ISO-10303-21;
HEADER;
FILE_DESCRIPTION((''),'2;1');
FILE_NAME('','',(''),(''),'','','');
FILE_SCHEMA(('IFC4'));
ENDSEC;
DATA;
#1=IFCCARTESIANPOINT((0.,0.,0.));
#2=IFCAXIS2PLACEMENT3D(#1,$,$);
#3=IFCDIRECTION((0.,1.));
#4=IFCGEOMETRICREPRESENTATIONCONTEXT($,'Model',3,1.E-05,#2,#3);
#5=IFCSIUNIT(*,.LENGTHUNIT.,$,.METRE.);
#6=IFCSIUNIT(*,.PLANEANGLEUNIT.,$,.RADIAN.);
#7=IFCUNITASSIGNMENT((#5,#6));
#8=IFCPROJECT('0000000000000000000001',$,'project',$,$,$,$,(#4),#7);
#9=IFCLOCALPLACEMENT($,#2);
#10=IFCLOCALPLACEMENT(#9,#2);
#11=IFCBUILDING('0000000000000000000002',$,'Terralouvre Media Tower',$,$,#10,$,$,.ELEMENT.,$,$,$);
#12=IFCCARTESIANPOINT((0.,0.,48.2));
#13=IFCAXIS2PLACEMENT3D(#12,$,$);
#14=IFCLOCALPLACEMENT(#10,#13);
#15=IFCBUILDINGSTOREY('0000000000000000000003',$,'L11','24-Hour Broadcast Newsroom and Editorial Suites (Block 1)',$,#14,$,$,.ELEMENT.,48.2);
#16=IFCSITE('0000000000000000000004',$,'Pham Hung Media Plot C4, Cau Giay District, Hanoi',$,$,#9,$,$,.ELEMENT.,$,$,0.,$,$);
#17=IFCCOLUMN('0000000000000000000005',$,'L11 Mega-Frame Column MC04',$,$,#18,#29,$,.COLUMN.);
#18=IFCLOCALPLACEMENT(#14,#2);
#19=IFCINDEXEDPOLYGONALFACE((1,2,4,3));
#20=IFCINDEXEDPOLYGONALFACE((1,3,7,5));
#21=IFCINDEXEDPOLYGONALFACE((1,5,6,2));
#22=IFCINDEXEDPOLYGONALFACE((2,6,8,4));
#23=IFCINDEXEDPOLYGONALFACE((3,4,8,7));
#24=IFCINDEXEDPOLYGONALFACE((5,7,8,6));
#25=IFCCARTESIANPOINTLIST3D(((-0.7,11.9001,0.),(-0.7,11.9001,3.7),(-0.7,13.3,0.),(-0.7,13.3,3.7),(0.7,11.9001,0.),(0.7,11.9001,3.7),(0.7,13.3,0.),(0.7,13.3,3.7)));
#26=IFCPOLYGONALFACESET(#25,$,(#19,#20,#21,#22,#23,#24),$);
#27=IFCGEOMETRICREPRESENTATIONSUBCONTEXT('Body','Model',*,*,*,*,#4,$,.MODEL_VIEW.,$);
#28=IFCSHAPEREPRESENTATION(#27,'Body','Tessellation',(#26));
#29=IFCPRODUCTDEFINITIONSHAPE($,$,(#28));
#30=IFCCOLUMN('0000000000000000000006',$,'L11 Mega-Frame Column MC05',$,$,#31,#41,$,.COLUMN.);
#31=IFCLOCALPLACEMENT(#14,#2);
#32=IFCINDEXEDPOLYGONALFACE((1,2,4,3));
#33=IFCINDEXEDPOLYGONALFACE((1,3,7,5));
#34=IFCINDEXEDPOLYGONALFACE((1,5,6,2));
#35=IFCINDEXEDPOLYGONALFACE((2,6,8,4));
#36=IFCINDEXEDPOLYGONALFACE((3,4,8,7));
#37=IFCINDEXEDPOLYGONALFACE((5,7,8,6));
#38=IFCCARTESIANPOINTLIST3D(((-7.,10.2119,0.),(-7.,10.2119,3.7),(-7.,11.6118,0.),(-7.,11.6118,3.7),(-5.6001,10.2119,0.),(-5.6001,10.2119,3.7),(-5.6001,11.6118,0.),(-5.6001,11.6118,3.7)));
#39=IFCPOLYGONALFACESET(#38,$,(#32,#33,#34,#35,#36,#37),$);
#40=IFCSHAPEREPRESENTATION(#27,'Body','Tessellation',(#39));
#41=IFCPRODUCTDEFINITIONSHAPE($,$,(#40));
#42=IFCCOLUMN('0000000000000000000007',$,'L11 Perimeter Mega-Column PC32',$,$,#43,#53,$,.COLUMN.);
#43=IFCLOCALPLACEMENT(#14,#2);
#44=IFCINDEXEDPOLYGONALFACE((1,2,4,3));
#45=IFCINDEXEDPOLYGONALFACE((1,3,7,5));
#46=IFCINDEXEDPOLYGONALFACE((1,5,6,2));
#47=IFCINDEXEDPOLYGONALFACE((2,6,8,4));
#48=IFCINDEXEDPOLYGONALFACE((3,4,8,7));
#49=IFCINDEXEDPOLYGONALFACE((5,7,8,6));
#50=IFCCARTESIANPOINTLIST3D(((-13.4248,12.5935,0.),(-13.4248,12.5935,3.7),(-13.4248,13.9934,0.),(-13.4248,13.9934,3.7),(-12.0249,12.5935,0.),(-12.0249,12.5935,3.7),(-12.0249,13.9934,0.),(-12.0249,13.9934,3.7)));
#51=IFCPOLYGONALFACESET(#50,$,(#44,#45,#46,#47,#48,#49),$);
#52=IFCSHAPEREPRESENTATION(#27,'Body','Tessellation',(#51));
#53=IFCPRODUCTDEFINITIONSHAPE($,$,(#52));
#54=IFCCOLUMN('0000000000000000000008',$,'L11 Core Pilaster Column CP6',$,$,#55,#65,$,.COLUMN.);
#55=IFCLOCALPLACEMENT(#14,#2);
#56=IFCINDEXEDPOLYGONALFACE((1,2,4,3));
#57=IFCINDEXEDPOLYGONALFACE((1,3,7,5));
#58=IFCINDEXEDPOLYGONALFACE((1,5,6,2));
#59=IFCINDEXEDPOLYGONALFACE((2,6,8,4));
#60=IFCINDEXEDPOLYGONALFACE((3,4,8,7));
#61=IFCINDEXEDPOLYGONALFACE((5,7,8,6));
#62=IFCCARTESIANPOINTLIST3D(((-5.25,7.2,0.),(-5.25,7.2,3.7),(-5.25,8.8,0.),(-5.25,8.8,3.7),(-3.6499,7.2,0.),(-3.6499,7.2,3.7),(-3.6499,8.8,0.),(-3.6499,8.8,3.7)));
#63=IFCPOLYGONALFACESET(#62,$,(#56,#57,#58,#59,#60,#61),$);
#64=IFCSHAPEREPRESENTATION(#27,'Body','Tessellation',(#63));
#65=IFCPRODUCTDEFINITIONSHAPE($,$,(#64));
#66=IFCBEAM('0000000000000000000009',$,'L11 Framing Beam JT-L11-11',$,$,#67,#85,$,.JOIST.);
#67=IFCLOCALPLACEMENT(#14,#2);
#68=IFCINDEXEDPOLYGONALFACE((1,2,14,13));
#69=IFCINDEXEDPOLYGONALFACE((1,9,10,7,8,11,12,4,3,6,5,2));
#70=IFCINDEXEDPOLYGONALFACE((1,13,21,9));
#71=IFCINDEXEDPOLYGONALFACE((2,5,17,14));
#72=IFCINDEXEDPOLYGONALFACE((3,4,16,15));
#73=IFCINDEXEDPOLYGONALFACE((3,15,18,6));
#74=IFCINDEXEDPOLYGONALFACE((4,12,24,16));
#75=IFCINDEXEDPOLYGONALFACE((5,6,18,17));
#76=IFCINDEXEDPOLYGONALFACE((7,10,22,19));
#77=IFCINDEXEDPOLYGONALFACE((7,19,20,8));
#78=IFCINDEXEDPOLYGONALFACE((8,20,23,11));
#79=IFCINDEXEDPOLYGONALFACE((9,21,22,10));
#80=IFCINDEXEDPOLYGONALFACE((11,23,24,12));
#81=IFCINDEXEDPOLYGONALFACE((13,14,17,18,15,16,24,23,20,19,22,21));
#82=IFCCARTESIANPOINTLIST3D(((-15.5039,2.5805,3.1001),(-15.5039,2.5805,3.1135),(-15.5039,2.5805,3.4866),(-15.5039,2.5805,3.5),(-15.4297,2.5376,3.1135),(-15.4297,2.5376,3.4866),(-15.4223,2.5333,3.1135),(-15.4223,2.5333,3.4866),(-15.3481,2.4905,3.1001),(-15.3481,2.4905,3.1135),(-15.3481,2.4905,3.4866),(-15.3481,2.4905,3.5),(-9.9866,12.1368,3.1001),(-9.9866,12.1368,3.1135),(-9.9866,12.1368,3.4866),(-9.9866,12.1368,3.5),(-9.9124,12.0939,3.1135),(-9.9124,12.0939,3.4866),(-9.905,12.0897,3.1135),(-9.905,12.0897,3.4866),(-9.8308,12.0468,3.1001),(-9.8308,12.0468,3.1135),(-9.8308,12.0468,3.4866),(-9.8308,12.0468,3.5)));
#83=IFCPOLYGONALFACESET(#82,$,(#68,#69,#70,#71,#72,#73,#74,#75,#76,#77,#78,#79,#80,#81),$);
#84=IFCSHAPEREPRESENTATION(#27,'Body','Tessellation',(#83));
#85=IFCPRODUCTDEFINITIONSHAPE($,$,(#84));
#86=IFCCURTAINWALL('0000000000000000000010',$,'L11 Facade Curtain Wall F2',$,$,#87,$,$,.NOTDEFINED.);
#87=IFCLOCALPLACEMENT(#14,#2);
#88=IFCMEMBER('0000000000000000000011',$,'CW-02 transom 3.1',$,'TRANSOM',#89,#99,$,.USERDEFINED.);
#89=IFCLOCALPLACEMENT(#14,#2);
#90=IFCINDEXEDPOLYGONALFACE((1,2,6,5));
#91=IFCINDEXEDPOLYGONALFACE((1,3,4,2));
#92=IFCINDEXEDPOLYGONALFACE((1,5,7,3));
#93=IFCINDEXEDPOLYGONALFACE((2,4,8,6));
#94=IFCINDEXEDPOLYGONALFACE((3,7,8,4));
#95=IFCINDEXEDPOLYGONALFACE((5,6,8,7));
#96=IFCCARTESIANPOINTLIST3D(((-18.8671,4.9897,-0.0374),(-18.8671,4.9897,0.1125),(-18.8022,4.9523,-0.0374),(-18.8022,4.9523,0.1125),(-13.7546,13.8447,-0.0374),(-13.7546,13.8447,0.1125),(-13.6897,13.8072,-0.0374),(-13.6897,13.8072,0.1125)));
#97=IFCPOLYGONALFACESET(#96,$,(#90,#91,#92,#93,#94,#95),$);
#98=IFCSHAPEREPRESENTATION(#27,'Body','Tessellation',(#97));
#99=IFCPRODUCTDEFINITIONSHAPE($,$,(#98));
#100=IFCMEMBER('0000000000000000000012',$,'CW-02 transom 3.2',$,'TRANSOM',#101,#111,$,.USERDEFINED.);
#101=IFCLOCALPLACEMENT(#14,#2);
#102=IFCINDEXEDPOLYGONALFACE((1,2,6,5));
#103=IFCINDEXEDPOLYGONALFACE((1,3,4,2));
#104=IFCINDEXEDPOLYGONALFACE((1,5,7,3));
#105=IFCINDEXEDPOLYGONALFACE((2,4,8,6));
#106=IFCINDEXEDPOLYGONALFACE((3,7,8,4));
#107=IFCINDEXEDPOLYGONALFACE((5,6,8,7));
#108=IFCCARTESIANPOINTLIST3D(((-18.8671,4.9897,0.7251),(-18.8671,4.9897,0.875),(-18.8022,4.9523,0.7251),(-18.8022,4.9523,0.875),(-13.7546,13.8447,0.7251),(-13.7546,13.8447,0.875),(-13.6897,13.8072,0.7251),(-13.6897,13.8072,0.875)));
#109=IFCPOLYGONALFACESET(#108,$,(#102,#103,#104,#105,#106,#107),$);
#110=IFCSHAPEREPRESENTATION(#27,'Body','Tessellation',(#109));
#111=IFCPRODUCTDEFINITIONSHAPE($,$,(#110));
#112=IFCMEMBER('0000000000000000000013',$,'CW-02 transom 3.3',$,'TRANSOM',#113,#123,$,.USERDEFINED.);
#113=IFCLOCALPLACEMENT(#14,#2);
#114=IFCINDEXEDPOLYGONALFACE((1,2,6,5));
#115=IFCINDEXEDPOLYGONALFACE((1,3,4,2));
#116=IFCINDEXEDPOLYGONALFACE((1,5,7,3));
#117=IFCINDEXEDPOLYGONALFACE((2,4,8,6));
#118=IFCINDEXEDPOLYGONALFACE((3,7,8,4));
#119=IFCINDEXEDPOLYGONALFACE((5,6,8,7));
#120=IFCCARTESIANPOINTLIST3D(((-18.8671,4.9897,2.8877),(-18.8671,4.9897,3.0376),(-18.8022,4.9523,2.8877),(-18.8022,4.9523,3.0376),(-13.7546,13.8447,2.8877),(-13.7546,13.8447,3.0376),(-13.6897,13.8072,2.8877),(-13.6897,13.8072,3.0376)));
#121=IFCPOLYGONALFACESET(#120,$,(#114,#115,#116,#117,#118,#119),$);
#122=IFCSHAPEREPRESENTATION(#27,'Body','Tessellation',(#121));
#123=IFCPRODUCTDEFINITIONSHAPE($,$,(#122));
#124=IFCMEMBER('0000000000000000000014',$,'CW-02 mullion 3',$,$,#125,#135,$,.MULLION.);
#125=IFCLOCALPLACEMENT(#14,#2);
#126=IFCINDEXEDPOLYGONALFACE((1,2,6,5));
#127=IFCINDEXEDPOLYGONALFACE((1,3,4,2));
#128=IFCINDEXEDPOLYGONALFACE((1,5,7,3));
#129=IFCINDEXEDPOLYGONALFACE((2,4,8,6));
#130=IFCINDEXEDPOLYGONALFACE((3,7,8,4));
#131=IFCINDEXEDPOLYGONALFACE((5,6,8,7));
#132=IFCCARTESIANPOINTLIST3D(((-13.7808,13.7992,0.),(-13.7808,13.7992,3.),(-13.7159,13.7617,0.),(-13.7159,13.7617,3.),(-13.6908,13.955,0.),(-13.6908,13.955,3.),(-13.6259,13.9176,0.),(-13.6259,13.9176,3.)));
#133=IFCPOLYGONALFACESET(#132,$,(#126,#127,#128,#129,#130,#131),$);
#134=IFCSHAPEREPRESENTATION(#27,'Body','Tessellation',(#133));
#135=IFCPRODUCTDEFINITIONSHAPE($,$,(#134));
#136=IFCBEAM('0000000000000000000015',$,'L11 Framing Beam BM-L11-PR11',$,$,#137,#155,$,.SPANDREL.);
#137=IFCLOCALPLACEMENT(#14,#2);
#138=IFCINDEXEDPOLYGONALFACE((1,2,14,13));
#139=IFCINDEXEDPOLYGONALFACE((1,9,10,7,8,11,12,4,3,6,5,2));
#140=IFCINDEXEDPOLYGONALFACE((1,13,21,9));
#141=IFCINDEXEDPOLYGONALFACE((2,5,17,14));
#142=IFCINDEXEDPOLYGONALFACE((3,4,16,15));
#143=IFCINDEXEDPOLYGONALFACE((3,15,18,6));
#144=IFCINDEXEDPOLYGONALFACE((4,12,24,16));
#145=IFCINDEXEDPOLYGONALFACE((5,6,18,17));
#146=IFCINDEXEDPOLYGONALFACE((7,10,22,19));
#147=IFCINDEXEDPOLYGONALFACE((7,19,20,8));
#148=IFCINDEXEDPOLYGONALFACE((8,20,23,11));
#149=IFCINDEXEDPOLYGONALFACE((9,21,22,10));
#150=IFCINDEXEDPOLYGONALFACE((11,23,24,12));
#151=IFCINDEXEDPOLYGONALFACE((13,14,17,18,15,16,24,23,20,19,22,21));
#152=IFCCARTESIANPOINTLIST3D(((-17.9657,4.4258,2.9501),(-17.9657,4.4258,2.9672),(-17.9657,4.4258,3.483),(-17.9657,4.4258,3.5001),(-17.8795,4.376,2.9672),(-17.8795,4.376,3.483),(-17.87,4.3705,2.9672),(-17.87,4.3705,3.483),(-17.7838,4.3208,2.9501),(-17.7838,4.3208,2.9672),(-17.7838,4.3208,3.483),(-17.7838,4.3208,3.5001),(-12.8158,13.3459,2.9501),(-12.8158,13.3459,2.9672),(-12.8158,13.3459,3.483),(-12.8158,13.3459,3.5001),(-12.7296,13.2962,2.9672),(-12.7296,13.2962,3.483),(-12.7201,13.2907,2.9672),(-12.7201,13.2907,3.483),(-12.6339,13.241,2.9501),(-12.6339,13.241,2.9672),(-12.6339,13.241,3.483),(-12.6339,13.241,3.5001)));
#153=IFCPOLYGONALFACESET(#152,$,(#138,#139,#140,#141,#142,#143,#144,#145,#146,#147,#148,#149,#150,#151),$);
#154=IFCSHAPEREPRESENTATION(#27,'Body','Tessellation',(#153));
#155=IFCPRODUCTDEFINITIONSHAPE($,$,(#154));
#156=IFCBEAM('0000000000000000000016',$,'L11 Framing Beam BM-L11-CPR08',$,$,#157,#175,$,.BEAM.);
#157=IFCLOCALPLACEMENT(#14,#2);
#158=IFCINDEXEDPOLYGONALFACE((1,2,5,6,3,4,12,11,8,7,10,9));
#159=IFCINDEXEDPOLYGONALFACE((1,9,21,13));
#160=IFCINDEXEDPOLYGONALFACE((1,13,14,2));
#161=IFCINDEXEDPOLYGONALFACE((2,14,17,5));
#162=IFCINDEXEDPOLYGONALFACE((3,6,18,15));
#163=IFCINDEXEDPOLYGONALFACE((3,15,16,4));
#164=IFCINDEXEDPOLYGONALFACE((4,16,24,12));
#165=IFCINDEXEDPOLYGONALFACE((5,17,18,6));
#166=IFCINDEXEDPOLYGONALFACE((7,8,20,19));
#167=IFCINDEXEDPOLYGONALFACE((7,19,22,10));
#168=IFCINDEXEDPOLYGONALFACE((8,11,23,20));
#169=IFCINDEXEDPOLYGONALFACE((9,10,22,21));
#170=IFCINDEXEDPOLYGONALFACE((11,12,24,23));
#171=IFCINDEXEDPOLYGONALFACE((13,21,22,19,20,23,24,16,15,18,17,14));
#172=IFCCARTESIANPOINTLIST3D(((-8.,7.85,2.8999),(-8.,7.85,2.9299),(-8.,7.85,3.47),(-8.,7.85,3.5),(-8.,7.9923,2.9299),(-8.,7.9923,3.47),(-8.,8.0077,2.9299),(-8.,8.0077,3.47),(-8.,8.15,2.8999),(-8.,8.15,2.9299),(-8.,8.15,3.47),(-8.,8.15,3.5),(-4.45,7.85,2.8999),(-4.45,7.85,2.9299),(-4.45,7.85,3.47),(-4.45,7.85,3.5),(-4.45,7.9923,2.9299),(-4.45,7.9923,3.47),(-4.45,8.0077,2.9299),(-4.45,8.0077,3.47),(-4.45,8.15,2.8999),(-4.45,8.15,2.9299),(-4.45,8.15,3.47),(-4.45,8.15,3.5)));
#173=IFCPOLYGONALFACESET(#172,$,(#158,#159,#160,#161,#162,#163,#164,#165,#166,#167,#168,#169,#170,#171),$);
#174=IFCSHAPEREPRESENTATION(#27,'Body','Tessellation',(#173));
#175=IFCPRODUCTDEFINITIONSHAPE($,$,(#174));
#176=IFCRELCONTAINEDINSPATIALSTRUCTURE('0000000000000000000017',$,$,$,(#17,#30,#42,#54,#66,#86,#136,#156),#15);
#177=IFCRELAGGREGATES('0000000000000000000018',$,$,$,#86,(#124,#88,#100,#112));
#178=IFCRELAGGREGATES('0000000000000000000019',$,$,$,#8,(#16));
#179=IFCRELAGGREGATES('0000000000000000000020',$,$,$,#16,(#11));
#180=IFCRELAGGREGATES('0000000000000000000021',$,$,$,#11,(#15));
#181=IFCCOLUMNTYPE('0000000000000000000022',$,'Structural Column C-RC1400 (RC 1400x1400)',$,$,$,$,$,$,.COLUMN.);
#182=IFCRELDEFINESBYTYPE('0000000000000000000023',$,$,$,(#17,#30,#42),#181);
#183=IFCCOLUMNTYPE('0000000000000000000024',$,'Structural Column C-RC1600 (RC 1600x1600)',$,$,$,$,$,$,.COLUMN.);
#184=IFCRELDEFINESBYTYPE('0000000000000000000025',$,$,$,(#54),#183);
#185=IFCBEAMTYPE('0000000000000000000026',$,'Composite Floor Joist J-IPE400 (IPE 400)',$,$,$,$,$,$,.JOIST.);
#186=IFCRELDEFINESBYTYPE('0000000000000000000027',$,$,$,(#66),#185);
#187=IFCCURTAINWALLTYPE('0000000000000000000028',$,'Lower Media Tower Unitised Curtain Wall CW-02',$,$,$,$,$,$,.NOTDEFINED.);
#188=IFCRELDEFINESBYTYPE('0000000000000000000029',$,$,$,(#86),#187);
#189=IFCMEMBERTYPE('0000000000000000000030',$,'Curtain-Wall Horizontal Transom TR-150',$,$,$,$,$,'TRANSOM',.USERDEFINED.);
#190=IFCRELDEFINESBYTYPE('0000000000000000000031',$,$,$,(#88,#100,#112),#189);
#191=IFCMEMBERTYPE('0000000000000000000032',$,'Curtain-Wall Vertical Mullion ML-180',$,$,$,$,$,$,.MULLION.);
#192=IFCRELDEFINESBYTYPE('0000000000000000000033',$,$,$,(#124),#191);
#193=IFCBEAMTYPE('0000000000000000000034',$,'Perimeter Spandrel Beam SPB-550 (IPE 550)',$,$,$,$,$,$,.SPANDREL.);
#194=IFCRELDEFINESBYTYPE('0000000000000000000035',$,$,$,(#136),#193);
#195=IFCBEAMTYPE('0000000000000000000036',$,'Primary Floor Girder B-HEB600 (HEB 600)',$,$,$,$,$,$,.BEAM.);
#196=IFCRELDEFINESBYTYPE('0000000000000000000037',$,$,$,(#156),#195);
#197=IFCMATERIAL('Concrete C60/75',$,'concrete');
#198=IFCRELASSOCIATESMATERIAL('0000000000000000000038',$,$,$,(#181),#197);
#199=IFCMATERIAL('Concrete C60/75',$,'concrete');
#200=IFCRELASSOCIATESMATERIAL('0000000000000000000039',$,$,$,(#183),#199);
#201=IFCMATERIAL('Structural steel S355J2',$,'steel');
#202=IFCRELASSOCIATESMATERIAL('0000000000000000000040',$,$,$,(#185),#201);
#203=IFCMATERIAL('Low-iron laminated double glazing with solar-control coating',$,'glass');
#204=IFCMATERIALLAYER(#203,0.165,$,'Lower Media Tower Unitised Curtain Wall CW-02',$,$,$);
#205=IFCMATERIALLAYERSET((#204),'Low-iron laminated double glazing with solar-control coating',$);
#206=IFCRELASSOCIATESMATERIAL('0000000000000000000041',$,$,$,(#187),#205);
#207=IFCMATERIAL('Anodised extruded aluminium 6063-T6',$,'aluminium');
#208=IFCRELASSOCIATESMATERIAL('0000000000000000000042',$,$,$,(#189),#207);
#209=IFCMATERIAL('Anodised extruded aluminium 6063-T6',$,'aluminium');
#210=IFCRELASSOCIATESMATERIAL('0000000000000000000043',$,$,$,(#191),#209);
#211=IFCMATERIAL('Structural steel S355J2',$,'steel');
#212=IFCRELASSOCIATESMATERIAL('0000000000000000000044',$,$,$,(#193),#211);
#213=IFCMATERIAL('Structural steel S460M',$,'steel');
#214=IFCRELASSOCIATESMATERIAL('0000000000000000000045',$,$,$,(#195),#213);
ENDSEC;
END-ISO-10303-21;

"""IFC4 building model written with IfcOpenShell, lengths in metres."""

from ifc_helpers import new_model, si_unit, direction, frame, origin, origin_2d, place, context, subcontext, project, spatial, rectangle, i_section, extrude, material, layer, layer_set, material_profile, profile_set, type_object, element, aggregate, save


model = new_model("IFC4")

# Units and contexts
model_context = context("Model", 3, precision=1e-05, world=origin(), true_north=direction((0.0, 1.0)))
body_context = subcontext(model_context, "Body", "Model", "MODEL_VIEW")
ifc_project = project(units=[si_unit("LENGTHUNIT", "METRE"), si_unit("PLANEANGLEUNIT", "RADIAN")], contexts=[model_context])

# Site, building, storey
site_placement = place(None, origin())
site = spatial("IfcSite", under=ifc_project, at=site_placement, Name="Pham Hung Media Plot C4, Cau Giay District, Hanoi", CompositionType="ELEMENT", RefElevation=0.0)
building_placement = place(site_placement, origin())
building = spatial("IfcBuilding", under=site, at=building_placement, Name="Terralouvre Media Tower", CompositionType="ELEMENT")
storey_placement = place(building_placement, frame((0.0, 0.0, 48.2)))
storey = spatial("IfcBuildingStorey", under=building, at=storey_placement, Name="L11", Description="24-Hour Broadcast Newsroom and Editorial Suites (Block 1)", CompositionType="ELEMENT", Elevation=48.2)

# Columns
ifc_material_1 = material(Name="Concrete C60/75", Category="concrete")
ifc_material_profile_1 = material_profile(ifc_material_1, rectangle(XDim=1.3999, YDim=1.3999, at=origin_2d()), Name="RC 1400x1400")
ifc_profile_set_1 = profile_set([ifc_material_profile_1], Name="Concrete C60/75")
column_type_1 = type_object("IfcColumnType", Name="Structural Column C-RC1400 (RC 1400x1400)", PredefinedType="COLUMN", material=ifc_profile_set_1)
for number, where, z_axis, x_axis, name in (
    (1, (0.0, 12.6001, 0.0), (0.0, 0.0, 1.0), (1.0, 0.0, 0.0), "L11 Mega-Frame Column MC04"),
    (2, (-6.3, 10.9119, 0.0), (0.0, 0.0, 1.0), (1.0, 0.0, 0.0), "L11 Mega-Frame Column MC05"),
    (3, (-12.7249, 13.2935, 0.0), (0.0, 0.0, 1.0), (1.0, 0.0, 0.0), "L11 Perimeter Mega-Column PC32"),
):
    element("IfcColumn", number, at=place(storey_placement, frame(where, z_axis=z_axis, x_axis=x_axis)), inside=storey, type_object=column_type_1, Name=name, PredefinedType="COLUMN", context=body_context, shape_type="SweptSolid", body=[
        extrude(rectangle(XDim=1.3999, YDim=1.3999, at=origin_2d()), origin(), (0.0, 0.0, 1.0), 3.7),
    ])
ifc_material_2 = material(Name="Concrete C60/75", Category="concrete")
ifc_material_profile_2 = material_profile(ifc_material_2, rectangle(XDim=1.6001, YDim=1.6001, at=origin_2d()), Name="RC 1600x1600")
ifc_profile_set_2 = profile_set([ifc_material_profile_2], Name="Concrete C60/75")
column_type_2 = type_object("IfcColumnType", Name="Structural Column C-RC1600 (RC 1600x1600)", PredefinedType="COLUMN", material=ifc_profile_set_2)
column_placement = place(storey_placement, frame((-4.45, 8.0, 0.0), z_axis=(0.0, 0.0, 1.0), x_axis=(1.0, 0.0, 0.0)))
element("IfcColumn", 4, at=column_placement, inside=storey, type_object=column_type_2, Name="L11 Core Pilaster Column CP6", PredefinedType="COLUMN", context=body_context, shape_type="SweptSolid", body=[
    extrude(rectangle(XDim=1.6001, YDim=1.6001, at=origin_2d()), origin(), (0.0, 0.0, 1.0), 3.7),
])

# Beam
ifc_material_3 = material(Name="Structural steel S355J2", Category="steel")
ifc_material_profile_3 = material_profile(ifc_material_3, i_section(OverallWidth=0.1799, OverallDepth=0.3999, WebThickness=0.0085, FlangeThickness=0.0134, at=origin_2d()), Name="IPE 400")
ifc_profile_set_3 = profile_set([ifc_material_profile_3], Name="Structural steel S355J2")
beam_type_1 = type_object("IfcBeamType", Name="Composite Floor Joist J-IPE400 (IPE 400)", PredefinedType="JOIST", material=ifc_profile_set_3)
beam_1_placement = place(storey_placement, frame((-9.9087, 12.0918, 3.3), z_axis=(-0.499996, -0.866028, 0.0), x_axis=(0.866028, -0.499996, 0.0)))
element("IfcBeam", 5, at=beam_1_placement, inside=storey, type_object=beam_type_1, Name="L11 Framing Beam JT-L11-11", PredefinedType="JOIST", context=body_context, shape_type="SweptSolid", body=[
    extrude(i_section(OverallWidth=0.1799, OverallDepth=0.3999, WebThickness=0.0085, FlangeThickness=0.0134, at=origin_2d()), origin(), (0.0, 0.0, 1.0), 11.0347),
])

# Curtain wall, members
ifc_material_4 = material(Name="Low-iron laminated double glazing with solar-control coating", Category="glass")
ifc_layer_1 = layer(ifc_material_4, 0.165, Name="Lower Media Tower Unitised Curtain Wall CW-02")
ifc_layer_set_1 = layer_set([ifc_layer_1], Name="Low-iron laminated double glazing with solar-control coating")
curtain_wall_type = type_object("IfcCurtainWallType", Name="Lower Media Tower Unitised Curtain Wall CW-02", PredefinedType="NOTDEFINED", material=ifc_layer_set_1)
curtain_wall_placement = place(storey_placement, origin())
curtain_wall = element("IfcCurtainWall", 6, at=curtain_wall_placement, inside=storey, type_object=curtain_wall_type, Name="L11 Facade Curtain Wall F2", PredefinedType="NOTDEFINED")
ifc_material_5 = material(Name="Anodised extruded aluminium 6063-T6", Category="aluminium")
ifc_material_profile_4 = material_profile(ifc_material_5, rectangle(XDim=0.075, YDim=0.1499, at=origin_2d()), Name="ALU 75x150")
ifc_profile_set_4 = profile_set([ifc_material_profile_4], Name="Anodised extruded aluminium 6063-T6")
member_type_1 = type_object("IfcMemberType", Name="Curtain-Wall Horizontal Transom TR-150", ElementType="TRANSOM", PredefinedType="USERDEFINED", material=ifc_profile_set_4)
member_1_placement = place(storey_placement, frame((-13.7222, 13.8259, 0.0376), z_axis=(-0.500009, -0.86602, 0.0), x_axis=(0.86602, -0.500009, 0.0)))
member_1 = element("IfcMember", 7, at=member_1_placement, type_object=member_type_1, Name="CW-02 transom 3.1", ObjectType="TRANSOM", PredefinedType="USERDEFINED", context=body_context, shape_type="SweptSolid", body=[
    extrude(rectangle(XDim=0.075, YDim=0.1499, at=origin_2d()), origin(), (0.0, 0.0, 1.0), 10.2249),
])
member_2_placement = place(storey_placement, frame((-13.7222, 13.8259, 0.8), z_axis=(-0.500009, -0.86602, 0.0), x_axis=(0.86602, -0.500009, 0.0)))
member_2 = element("IfcMember", 8, at=member_2_placement, type_object=member_type_1, Name="CW-02 transom 3.2", ObjectType="TRANSOM", PredefinedType="USERDEFINED", context=body_context, shape_type="SweptSolid", body=[
    extrude(rectangle(XDim=0.075, YDim=0.1499, at=origin_2d()), origin(), (0.0, 0.0, 1.0), 10.2249),
])
member_3_placement = place(storey_placement, frame((-13.7222, 13.8259, 2.9626), z_axis=(-0.500009, -0.86602, 0.0), x_axis=(0.86602, -0.500009, 0.0)))
member_3 = element("IfcMember", 9, at=member_3_placement, type_object=member_type_1, Name="CW-02 transom 3.3", ObjectType="TRANSOM", PredefinedType="USERDEFINED", context=body_context, shape_type="SweptSolid", body=[
    extrude(rectangle(XDim=0.075, YDim=0.1499, at=origin_2d()), origin(), (0.0, 0.0, 1.0), 10.2249),
])
ifc_material_6 = material(Name="Anodised extruded aluminium 6063-T6", Category="aluminium")
ifc_material_profile_5 = material_profile(ifc_material_6, rectangle(XDim=0.075, YDim=0.1799, at=origin_2d()), Name="ALU 75x180")
ifc_profile_set_5 = profile_set([ifc_material_profile_5], Name="Anodised extruded aluminium 6063-T6")
member_type_2 = type_object("IfcMemberType", Name="Curtain-Wall Vertical Mullion ML-180", PredefinedType="MULLION", material=ifc_profile_set_5)
member_4_placement = place(storey_placement, frame((-13.7034, 13.8584, 0.0), z_axis=(0.0, 0.0, 1.0), x_axis=(0.866025, -0.5, 0.0)))
member_4 = element("IfcMember", 10, at=member_4_placement, type_object=member_type_2, Name="CW-02 mullion 3", PredefinedType="MULLION", context=body_context, shape_type="SweptSolid", body=[
    extrude(rectangle(XDim=0.075, YDim=0.1799, at=origin_2d()), origin(), (0.0, 0.0, 1.0), 3.0),
])

# Beams
ifc_material_7 = material(Name="Structural steel S355J2", Category="steel")
ifc_material_profile_6 = material_profile(ifc_material_7, i_section(OverallWidth=0.21, OverallDepth=0.55, WebThickness=0.011, FlangeThickness=0.0171, at=origin_2d()), Name="IPE 550")
ifc_profile_set_6 = profile_set([ifc_material_profile_6], Name="Structural steel S355J2")
beam_type_2 = type_object("IfcBeamType", Name="Perimeter Spandrel Beam SPB-550 (IPE 550)", PredefinedType="SPANDREL", material=ifc_profile_set_6)
beam_2_placement = place(storey_placement, frame((-12.7249, 13.2935, 3.2251), z_axis=(-0.499989, -0.866032, 0.0), x_axis=(0.866032, -0.499989, 0.0)))
element("IfcBeam", 11, at=beam_2_placement, inside=storey, type_object=beam_type_2, Name="L11 Framing Beam BM-L11-PR11", PredefinedType="SPANDREL", context=body_context, shape_type="SweptSolid", body=[
    extrude(i_section(OverallWidth=0.21, OverallDepth=0.55, WebThickness=0.011, FlangeThickness=0.0171, at=origin_2d()), origin(), (0.0, 0.0, 1.0), 10.3),
])
ifc_material_8 = material(Name="Structural steel S460M", Category="steel")
ifc_material_profile_7 = material_profile(ifc_material_8, i_section(OverallWidth=0.3, OverallDepth=0.6001, WebThickness=0.0154, FlangeThickness=0.03, at=origin_2d()), Name="HEB 600")
ifc_profile_set_7 = profile_set([ifc_material_profile_7], Name="Structural steel S460M")
beam_type_3 = type_object("IfcBeamType", Name="Primary Floor Girder B-HEB600 (HEB 600)", PredefinedType="BEAM", material=ifc_profile_set_7)
beam_3_placement = place(storey_placement, frame((-4.45, 8.0, 3.2), z_axis=(-1.0, 0.0, 0.0), x_axis=(0.0, -1.0, 0.0)))
element("IfcBeam", 12, at=beam_3_placement, inside=storey, type_object=beam_type_3, Name="L11 Framing Beam BM-L11-CPR08", PredefinedType="BEAM", context=body_context, shape_type="SweptSolid", body=[
    extrude(i_section(OverallWidth=0.3, OverallDepth=0.6001, WebThickness=0.0154, FlangeThickness=0.03, at=origin_2d()), origin(), (0.0, 0.0, 1.0), 3.55),
])

aggregate(curtain_wall, [member_4, member_1, member_2, member_3])

save(model, "model.ifc")
